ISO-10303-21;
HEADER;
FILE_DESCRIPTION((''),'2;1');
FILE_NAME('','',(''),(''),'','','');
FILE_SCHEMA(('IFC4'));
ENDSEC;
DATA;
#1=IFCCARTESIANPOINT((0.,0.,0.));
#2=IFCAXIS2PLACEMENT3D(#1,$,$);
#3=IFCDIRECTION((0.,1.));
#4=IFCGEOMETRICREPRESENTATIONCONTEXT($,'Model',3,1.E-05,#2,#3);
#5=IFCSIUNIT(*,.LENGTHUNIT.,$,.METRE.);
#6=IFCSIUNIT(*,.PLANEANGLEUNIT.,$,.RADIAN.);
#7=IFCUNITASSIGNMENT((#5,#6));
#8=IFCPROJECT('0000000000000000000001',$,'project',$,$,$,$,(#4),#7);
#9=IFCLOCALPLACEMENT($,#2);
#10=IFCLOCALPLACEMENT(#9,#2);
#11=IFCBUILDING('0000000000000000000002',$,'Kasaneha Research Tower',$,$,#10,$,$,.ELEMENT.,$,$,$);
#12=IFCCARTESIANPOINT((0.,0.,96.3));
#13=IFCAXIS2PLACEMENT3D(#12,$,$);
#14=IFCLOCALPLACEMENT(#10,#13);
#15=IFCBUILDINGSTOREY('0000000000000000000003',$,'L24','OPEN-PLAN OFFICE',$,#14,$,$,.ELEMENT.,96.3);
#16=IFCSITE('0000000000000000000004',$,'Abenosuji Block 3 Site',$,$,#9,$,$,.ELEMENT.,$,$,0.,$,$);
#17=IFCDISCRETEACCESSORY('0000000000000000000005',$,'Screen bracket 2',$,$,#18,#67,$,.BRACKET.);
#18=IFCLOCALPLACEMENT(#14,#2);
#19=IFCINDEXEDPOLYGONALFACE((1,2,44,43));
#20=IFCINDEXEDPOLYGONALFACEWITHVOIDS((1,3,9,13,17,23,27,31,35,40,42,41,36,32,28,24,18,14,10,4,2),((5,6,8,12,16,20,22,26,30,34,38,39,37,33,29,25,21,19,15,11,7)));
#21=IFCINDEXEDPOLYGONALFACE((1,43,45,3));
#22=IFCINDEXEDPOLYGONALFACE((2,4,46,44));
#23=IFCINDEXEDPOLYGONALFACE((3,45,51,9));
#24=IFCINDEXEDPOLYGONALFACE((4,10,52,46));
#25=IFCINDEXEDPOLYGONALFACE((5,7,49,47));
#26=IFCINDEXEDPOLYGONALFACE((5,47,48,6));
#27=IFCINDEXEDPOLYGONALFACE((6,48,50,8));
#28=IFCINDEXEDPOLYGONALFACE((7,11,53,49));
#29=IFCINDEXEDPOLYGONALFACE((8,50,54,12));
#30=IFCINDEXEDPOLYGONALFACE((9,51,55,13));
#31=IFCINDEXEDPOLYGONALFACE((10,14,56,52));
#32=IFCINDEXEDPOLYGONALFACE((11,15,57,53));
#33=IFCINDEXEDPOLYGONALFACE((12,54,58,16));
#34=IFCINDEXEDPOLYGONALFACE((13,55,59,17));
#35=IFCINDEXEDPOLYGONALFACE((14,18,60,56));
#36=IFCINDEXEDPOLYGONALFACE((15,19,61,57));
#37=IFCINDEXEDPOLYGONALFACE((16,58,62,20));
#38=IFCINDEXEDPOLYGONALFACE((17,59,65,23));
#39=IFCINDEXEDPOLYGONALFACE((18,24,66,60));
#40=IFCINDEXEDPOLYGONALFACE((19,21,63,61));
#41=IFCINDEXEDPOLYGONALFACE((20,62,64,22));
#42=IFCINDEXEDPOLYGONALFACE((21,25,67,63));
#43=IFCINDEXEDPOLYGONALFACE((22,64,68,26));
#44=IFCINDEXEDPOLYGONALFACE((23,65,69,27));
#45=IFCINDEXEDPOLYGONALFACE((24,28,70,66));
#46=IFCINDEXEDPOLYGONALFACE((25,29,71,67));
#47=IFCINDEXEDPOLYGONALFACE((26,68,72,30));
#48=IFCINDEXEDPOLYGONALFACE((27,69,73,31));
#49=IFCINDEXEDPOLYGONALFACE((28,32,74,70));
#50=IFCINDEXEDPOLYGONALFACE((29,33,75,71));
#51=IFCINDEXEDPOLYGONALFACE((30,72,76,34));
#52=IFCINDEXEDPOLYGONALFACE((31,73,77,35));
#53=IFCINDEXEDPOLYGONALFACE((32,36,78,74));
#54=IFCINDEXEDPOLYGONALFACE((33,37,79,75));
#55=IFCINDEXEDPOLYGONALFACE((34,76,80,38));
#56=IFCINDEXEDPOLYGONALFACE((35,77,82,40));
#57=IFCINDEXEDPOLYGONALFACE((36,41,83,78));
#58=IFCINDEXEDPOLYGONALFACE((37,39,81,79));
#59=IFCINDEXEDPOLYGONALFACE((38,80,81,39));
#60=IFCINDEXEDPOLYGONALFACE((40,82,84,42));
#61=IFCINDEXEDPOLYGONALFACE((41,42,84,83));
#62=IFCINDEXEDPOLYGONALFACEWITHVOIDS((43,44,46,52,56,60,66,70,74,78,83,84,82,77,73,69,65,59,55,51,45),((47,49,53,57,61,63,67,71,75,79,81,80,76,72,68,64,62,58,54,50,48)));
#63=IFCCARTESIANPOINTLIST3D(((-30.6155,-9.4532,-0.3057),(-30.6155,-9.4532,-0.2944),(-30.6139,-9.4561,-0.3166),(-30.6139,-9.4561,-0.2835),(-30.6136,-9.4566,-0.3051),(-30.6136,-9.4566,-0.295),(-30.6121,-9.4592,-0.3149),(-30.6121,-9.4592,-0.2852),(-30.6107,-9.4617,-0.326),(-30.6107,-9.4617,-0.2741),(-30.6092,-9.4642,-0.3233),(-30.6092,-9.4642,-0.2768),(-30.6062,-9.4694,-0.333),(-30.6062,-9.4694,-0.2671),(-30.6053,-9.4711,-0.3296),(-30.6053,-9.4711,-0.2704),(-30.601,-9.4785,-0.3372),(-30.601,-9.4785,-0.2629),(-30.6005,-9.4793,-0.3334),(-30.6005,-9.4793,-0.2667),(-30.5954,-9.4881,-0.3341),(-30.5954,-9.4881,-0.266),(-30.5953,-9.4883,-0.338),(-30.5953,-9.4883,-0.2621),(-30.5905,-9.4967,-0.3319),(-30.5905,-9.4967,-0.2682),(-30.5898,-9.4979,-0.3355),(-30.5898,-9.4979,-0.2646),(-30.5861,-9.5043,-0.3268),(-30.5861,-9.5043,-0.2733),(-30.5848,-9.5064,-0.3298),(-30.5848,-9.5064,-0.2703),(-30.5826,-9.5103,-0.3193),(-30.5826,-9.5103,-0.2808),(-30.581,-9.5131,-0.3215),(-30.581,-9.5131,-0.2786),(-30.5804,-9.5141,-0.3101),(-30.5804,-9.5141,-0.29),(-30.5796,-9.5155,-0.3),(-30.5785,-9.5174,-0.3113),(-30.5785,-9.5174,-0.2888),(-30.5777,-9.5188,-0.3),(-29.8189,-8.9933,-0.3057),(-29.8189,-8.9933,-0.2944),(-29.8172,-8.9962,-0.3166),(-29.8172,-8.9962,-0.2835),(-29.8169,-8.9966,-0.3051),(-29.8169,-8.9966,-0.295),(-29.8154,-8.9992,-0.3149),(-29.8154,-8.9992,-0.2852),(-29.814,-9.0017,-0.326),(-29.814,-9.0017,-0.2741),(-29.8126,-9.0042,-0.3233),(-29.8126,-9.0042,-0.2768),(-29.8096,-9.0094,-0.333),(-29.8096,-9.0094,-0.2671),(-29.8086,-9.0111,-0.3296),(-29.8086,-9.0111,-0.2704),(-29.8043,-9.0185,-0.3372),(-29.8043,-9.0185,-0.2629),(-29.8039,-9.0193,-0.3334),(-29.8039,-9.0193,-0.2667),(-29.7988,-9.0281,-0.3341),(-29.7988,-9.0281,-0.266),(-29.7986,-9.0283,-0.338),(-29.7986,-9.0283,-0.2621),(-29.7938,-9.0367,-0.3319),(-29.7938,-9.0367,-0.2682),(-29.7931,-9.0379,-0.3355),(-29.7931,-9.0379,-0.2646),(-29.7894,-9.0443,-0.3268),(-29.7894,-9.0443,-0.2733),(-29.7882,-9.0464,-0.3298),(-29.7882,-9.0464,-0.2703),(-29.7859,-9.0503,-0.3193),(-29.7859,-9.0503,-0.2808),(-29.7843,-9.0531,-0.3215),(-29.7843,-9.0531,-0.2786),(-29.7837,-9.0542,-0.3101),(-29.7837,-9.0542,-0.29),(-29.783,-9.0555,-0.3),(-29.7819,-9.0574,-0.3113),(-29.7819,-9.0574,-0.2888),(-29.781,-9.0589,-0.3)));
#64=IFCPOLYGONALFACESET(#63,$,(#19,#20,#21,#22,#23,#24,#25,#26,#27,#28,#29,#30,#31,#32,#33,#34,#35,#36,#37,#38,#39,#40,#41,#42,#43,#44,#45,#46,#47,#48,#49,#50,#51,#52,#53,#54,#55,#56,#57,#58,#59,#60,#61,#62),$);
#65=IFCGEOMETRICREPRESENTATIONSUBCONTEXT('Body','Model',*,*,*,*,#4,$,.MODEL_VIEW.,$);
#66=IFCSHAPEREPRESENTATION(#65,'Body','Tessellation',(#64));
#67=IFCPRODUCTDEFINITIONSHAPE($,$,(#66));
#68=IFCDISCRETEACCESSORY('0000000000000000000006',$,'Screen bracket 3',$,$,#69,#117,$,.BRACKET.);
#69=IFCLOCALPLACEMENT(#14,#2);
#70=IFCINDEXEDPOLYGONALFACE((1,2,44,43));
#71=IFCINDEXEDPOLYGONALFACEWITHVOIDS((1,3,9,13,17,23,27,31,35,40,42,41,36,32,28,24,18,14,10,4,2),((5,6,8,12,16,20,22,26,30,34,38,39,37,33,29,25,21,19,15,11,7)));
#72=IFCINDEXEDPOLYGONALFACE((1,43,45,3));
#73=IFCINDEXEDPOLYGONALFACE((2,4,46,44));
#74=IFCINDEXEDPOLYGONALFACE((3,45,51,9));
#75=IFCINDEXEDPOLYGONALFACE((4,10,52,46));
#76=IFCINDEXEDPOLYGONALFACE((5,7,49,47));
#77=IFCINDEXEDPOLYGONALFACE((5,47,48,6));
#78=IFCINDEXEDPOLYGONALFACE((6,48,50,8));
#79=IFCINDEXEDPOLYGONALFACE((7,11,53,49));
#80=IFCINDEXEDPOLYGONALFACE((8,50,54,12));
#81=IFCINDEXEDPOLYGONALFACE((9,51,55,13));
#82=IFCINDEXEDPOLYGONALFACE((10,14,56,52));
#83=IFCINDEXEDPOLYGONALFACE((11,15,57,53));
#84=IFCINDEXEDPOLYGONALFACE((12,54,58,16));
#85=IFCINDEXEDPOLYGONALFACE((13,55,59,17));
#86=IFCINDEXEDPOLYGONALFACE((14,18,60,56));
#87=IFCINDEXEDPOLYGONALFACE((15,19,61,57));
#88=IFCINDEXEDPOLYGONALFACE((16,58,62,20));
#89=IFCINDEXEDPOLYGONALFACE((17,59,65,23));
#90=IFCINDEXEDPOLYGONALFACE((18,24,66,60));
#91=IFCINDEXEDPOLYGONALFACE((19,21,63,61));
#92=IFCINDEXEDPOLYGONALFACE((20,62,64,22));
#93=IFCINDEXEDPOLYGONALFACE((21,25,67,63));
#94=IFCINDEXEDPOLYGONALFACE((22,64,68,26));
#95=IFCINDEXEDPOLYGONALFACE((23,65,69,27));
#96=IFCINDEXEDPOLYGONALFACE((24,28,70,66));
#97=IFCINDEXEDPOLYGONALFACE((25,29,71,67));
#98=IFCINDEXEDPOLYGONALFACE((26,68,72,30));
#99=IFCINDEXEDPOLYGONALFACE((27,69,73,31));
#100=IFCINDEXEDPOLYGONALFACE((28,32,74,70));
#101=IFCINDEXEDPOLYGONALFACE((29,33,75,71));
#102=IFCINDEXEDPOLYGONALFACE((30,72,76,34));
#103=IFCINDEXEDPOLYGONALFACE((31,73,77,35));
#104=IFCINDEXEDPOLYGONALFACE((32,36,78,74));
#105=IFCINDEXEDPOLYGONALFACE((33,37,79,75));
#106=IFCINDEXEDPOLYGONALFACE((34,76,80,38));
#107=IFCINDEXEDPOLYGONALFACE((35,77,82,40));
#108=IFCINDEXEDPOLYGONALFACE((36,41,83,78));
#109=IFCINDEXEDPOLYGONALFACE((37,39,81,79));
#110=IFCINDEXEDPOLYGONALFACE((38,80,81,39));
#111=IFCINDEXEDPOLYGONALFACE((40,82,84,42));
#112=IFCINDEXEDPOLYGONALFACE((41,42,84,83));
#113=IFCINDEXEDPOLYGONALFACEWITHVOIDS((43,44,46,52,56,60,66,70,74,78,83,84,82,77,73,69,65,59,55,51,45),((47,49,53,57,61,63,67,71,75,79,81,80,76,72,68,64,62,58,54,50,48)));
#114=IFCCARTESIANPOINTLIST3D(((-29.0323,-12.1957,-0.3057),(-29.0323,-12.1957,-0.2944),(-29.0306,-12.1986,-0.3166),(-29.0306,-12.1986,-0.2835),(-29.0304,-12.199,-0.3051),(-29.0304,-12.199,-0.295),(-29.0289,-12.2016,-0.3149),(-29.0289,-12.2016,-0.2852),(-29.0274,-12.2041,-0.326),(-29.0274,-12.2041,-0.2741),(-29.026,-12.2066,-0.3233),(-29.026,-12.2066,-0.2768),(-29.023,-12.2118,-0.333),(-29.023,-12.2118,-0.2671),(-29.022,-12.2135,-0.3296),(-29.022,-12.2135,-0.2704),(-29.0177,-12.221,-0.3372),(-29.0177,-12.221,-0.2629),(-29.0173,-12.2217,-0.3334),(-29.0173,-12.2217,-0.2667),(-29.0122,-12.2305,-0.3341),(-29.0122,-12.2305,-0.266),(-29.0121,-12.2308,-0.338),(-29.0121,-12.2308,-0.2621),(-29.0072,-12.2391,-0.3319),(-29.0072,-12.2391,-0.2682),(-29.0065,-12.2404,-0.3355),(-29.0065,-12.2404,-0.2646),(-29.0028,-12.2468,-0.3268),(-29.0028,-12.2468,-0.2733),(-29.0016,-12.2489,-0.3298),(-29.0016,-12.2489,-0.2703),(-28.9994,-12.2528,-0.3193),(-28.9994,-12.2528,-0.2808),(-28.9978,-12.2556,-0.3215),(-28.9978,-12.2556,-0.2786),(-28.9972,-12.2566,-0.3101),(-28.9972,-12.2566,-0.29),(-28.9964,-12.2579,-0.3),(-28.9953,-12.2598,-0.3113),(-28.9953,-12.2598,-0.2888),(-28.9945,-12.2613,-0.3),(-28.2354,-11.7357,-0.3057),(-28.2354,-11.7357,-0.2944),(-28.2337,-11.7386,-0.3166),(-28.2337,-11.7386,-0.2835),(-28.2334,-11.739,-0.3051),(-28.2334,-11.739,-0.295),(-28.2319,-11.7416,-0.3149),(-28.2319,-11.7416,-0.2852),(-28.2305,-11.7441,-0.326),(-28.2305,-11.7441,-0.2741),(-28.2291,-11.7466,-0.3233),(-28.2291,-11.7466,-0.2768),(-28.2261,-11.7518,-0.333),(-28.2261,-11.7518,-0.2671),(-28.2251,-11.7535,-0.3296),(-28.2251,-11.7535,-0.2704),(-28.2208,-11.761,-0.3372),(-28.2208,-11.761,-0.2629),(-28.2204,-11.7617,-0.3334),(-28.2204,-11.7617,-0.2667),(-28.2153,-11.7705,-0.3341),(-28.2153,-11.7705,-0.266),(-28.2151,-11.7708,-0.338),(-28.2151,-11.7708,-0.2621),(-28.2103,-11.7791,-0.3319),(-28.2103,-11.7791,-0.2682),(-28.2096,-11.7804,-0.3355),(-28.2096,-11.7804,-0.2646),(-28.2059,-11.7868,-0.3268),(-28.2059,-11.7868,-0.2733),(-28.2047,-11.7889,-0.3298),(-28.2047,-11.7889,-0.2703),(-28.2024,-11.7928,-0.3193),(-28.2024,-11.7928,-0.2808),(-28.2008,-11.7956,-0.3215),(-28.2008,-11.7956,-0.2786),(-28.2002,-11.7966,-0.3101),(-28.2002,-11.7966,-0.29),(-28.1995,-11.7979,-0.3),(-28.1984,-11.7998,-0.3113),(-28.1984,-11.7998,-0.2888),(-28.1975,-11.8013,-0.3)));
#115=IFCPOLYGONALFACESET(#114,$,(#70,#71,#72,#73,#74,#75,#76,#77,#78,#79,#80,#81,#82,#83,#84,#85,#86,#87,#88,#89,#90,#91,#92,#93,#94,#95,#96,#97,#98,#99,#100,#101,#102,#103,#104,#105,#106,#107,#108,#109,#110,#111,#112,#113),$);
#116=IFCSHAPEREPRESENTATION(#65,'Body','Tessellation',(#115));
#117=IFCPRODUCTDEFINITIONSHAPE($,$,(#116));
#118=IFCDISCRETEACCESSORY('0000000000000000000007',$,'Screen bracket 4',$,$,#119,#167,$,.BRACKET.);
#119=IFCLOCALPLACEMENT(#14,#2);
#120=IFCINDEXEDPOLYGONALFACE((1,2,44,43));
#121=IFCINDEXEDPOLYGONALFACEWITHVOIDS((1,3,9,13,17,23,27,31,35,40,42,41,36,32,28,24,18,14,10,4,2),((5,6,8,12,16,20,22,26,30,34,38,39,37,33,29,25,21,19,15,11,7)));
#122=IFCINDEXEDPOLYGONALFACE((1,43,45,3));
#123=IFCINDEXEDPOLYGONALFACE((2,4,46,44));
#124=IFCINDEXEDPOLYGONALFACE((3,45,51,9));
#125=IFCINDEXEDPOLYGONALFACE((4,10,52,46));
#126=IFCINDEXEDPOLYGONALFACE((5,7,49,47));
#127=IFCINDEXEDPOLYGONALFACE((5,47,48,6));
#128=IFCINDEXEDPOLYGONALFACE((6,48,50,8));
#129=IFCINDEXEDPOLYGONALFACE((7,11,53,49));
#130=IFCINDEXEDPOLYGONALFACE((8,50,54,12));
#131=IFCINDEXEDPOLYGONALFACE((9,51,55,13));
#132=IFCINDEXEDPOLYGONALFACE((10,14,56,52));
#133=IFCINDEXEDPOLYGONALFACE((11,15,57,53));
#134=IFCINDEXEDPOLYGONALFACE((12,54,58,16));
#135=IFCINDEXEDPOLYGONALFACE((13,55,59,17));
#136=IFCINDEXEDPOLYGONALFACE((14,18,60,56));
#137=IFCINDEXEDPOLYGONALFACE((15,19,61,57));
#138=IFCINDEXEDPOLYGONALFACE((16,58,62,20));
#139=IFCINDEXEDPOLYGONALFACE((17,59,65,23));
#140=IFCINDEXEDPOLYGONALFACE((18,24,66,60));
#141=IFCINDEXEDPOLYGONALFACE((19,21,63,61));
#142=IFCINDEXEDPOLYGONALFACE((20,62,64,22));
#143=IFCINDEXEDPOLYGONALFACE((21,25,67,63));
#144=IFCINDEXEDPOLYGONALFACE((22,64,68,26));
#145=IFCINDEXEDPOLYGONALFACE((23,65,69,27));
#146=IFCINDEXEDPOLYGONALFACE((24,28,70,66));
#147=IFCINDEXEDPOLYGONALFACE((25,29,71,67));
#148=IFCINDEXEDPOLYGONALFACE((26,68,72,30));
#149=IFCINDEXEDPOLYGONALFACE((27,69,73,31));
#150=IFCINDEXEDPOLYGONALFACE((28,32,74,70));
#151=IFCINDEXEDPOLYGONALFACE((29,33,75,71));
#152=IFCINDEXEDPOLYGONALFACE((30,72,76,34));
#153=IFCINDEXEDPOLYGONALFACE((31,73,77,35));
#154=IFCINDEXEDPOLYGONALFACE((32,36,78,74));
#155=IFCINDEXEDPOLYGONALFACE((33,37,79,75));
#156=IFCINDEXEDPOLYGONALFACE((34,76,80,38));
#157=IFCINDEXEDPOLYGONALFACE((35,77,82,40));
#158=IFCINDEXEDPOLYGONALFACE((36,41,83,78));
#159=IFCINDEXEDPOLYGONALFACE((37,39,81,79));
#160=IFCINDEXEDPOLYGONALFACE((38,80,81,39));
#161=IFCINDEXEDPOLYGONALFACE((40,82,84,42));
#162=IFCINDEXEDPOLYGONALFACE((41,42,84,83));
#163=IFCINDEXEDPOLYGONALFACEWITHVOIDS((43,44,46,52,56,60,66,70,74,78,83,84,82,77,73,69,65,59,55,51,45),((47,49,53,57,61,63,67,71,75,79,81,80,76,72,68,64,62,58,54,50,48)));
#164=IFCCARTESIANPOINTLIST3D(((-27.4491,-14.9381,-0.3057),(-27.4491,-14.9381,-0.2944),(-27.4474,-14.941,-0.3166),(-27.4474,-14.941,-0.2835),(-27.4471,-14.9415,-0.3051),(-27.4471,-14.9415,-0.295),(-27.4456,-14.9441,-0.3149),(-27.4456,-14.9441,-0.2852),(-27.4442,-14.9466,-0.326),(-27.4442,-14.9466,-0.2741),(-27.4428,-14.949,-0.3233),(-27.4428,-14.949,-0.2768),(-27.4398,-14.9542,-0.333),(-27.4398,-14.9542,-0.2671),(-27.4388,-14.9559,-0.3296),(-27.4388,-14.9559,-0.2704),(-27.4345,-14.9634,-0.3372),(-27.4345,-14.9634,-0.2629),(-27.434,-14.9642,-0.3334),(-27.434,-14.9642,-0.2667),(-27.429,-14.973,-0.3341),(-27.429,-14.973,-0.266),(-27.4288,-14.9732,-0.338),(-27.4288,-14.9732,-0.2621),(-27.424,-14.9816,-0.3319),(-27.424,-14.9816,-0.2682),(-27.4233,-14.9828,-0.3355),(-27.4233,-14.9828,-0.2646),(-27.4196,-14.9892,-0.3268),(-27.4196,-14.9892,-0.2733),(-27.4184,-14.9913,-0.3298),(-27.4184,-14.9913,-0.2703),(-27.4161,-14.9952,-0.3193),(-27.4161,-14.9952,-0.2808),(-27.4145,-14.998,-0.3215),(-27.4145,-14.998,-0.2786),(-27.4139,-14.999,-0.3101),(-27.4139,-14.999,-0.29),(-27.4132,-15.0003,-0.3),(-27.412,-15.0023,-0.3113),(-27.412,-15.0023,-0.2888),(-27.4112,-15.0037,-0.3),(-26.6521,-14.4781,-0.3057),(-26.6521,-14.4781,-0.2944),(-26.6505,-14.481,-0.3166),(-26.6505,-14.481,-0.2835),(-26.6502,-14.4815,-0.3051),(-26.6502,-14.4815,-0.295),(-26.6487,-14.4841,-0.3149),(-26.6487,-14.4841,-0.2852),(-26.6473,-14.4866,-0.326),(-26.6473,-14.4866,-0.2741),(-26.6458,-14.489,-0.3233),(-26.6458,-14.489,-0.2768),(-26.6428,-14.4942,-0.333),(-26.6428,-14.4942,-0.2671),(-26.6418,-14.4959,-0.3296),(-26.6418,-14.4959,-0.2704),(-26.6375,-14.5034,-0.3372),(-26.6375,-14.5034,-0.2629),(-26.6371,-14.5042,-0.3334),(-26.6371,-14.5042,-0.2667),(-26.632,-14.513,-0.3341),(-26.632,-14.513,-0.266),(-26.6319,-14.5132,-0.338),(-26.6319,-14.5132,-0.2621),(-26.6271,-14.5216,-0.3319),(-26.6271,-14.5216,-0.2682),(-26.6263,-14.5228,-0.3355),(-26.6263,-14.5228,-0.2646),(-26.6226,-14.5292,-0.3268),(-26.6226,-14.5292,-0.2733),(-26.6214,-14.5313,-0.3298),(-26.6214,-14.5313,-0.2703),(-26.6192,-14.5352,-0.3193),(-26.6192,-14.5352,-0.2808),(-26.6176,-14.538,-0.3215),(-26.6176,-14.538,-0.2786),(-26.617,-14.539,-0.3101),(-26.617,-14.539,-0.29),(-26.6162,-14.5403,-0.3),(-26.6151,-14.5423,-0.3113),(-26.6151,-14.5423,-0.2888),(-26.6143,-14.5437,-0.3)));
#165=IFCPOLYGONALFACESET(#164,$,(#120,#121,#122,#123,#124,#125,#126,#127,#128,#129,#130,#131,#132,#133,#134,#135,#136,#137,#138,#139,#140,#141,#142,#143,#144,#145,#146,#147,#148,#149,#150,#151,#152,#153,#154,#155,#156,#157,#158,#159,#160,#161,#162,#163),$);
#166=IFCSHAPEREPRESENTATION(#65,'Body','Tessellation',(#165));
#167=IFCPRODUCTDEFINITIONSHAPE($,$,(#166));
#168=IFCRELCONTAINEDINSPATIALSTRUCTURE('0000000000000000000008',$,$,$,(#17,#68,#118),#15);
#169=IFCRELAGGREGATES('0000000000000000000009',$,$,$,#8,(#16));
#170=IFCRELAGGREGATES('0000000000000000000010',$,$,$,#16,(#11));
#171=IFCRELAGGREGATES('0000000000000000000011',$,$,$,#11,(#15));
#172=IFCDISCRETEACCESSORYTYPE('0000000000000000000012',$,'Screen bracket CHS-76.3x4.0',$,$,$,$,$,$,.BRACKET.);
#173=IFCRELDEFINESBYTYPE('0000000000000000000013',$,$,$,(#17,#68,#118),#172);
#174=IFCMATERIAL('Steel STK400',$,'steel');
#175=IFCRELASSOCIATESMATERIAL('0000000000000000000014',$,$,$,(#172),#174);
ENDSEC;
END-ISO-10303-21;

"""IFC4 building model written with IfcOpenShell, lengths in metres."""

from ifc_helpers import new_model, si_unit, direction, frame, origin, origin_2d, place, context, subcontext, project, spatial, hollow_circle, extrude, material, material_profile, profile_set, type_object, element, save


model = new_model("IFC4")

# Units and contexts
model_context = context("Model", 3, precision=1e-05, world=origin(), true_north=direction((0.0, 1.0)))
body_context = subcontext(model_context, "Body", "Model", "MODEL_VIEW")
ifc_project = project(units=[si_unit("LENGTHUNIT", "METRE"), si_unit("PLANEANGLEUNIT", "RADIAN")], contexts=[model_context])

# Site, building, storey
site_placement = place(None, origin())
site = spatial("IfcSite", under=ifc_project, at=site_placement, Name="Abenosuji Block 3 Site", CompositionType="ELEMENT", RefElevation=0.0)
building_placement = place(site_placement, origin())
building = spatial("IfcBuilding", under=site, at=building_placement, Name="Kasaneha Research Tower", CompositionType="ELEMENT")
storey_placement = place(building_placement, frame((0.0, 0.0, 96.3)))
storey = spatial("IfcBuildingStorey", under=building, at=storey_placement, Name="L24", Description="OPEN-PLAN OFFICE", CompositionType="ELEMENT", Elevation=96.3)

# Discrete accessories
ifc_material_1 = material(Name="Steel STK400", Category="steel")
ifc_material_profile_1 = material_profile(ifc_material_1, hollow_circle(Radius=0.0381, WallThickness=0.0039, at=origin_2d()), Name="CHS-76.3x4.0")
ifc_profile_set_1 = profile_set([ifc_material_profile_1], Name="Steel STK400")
discrete_accessory_type = type_object("IfcDiscreteAccessoryType", Name="Screen bracket CHS-76.3x4.0", PredefinedType="BRACKET", material=ifc_profile_set_1)
for number, where, z_axis, x_axis, name in (
    (1, (-29.8, -9.0259, -0.3), (-0.866013, -0.500021, 0.0), (0.500021, -0.866013, 0.0), "Screen bracket 2"),
):
    element("IfcDiscreteAccessory", number, at=place(storey_placement, frame(where, z_axis=z_axis, x_axis=x_axis)), inside=storey, type_object=discrete_accessory_type, Name=name, PredefinedType="BRACKET", context=body_context, shape_type="SweptSolid", body=[
        extrude(hollow_circle(Radius=0.0381, WallThickness=0.0039, at=origin_2d()), origin(), (0.0, 0.0, 1.0), 0.9199),
    ])
for number, where, z_axis, x_axis, name in (
    (2, (-28.2166, -11.7683, -0.3), (-0.86608, -0.499906, 0.0), (0.499906, -0.86608, 0.0), "Screen bracket 3"),
    (3, (-26.6333, -14.5107, -0.3), (-0.86608, -0.499906, 0.0), (0.499906, -0.86608, 0.0), "Screen bracket 4"),
):
    element("IfcDiscreteAccessory", number, at=place(storey_placement, frame(where, z_axis=z_axis, x_axis=x_axis)), inside=storey, type_object=discrete_accessory_type, Name=name, PredefinedType="BRACKET", context=body_context, shape_type="SweptSolid", body=[
        extrude(hollow_circle(Radius=0.0381, WallThickness=0.0039, at=origin_2d()), origin(), (0.0, 0.0, 1.0), 0.9202),
    ])

save(model, "model.ifc")
